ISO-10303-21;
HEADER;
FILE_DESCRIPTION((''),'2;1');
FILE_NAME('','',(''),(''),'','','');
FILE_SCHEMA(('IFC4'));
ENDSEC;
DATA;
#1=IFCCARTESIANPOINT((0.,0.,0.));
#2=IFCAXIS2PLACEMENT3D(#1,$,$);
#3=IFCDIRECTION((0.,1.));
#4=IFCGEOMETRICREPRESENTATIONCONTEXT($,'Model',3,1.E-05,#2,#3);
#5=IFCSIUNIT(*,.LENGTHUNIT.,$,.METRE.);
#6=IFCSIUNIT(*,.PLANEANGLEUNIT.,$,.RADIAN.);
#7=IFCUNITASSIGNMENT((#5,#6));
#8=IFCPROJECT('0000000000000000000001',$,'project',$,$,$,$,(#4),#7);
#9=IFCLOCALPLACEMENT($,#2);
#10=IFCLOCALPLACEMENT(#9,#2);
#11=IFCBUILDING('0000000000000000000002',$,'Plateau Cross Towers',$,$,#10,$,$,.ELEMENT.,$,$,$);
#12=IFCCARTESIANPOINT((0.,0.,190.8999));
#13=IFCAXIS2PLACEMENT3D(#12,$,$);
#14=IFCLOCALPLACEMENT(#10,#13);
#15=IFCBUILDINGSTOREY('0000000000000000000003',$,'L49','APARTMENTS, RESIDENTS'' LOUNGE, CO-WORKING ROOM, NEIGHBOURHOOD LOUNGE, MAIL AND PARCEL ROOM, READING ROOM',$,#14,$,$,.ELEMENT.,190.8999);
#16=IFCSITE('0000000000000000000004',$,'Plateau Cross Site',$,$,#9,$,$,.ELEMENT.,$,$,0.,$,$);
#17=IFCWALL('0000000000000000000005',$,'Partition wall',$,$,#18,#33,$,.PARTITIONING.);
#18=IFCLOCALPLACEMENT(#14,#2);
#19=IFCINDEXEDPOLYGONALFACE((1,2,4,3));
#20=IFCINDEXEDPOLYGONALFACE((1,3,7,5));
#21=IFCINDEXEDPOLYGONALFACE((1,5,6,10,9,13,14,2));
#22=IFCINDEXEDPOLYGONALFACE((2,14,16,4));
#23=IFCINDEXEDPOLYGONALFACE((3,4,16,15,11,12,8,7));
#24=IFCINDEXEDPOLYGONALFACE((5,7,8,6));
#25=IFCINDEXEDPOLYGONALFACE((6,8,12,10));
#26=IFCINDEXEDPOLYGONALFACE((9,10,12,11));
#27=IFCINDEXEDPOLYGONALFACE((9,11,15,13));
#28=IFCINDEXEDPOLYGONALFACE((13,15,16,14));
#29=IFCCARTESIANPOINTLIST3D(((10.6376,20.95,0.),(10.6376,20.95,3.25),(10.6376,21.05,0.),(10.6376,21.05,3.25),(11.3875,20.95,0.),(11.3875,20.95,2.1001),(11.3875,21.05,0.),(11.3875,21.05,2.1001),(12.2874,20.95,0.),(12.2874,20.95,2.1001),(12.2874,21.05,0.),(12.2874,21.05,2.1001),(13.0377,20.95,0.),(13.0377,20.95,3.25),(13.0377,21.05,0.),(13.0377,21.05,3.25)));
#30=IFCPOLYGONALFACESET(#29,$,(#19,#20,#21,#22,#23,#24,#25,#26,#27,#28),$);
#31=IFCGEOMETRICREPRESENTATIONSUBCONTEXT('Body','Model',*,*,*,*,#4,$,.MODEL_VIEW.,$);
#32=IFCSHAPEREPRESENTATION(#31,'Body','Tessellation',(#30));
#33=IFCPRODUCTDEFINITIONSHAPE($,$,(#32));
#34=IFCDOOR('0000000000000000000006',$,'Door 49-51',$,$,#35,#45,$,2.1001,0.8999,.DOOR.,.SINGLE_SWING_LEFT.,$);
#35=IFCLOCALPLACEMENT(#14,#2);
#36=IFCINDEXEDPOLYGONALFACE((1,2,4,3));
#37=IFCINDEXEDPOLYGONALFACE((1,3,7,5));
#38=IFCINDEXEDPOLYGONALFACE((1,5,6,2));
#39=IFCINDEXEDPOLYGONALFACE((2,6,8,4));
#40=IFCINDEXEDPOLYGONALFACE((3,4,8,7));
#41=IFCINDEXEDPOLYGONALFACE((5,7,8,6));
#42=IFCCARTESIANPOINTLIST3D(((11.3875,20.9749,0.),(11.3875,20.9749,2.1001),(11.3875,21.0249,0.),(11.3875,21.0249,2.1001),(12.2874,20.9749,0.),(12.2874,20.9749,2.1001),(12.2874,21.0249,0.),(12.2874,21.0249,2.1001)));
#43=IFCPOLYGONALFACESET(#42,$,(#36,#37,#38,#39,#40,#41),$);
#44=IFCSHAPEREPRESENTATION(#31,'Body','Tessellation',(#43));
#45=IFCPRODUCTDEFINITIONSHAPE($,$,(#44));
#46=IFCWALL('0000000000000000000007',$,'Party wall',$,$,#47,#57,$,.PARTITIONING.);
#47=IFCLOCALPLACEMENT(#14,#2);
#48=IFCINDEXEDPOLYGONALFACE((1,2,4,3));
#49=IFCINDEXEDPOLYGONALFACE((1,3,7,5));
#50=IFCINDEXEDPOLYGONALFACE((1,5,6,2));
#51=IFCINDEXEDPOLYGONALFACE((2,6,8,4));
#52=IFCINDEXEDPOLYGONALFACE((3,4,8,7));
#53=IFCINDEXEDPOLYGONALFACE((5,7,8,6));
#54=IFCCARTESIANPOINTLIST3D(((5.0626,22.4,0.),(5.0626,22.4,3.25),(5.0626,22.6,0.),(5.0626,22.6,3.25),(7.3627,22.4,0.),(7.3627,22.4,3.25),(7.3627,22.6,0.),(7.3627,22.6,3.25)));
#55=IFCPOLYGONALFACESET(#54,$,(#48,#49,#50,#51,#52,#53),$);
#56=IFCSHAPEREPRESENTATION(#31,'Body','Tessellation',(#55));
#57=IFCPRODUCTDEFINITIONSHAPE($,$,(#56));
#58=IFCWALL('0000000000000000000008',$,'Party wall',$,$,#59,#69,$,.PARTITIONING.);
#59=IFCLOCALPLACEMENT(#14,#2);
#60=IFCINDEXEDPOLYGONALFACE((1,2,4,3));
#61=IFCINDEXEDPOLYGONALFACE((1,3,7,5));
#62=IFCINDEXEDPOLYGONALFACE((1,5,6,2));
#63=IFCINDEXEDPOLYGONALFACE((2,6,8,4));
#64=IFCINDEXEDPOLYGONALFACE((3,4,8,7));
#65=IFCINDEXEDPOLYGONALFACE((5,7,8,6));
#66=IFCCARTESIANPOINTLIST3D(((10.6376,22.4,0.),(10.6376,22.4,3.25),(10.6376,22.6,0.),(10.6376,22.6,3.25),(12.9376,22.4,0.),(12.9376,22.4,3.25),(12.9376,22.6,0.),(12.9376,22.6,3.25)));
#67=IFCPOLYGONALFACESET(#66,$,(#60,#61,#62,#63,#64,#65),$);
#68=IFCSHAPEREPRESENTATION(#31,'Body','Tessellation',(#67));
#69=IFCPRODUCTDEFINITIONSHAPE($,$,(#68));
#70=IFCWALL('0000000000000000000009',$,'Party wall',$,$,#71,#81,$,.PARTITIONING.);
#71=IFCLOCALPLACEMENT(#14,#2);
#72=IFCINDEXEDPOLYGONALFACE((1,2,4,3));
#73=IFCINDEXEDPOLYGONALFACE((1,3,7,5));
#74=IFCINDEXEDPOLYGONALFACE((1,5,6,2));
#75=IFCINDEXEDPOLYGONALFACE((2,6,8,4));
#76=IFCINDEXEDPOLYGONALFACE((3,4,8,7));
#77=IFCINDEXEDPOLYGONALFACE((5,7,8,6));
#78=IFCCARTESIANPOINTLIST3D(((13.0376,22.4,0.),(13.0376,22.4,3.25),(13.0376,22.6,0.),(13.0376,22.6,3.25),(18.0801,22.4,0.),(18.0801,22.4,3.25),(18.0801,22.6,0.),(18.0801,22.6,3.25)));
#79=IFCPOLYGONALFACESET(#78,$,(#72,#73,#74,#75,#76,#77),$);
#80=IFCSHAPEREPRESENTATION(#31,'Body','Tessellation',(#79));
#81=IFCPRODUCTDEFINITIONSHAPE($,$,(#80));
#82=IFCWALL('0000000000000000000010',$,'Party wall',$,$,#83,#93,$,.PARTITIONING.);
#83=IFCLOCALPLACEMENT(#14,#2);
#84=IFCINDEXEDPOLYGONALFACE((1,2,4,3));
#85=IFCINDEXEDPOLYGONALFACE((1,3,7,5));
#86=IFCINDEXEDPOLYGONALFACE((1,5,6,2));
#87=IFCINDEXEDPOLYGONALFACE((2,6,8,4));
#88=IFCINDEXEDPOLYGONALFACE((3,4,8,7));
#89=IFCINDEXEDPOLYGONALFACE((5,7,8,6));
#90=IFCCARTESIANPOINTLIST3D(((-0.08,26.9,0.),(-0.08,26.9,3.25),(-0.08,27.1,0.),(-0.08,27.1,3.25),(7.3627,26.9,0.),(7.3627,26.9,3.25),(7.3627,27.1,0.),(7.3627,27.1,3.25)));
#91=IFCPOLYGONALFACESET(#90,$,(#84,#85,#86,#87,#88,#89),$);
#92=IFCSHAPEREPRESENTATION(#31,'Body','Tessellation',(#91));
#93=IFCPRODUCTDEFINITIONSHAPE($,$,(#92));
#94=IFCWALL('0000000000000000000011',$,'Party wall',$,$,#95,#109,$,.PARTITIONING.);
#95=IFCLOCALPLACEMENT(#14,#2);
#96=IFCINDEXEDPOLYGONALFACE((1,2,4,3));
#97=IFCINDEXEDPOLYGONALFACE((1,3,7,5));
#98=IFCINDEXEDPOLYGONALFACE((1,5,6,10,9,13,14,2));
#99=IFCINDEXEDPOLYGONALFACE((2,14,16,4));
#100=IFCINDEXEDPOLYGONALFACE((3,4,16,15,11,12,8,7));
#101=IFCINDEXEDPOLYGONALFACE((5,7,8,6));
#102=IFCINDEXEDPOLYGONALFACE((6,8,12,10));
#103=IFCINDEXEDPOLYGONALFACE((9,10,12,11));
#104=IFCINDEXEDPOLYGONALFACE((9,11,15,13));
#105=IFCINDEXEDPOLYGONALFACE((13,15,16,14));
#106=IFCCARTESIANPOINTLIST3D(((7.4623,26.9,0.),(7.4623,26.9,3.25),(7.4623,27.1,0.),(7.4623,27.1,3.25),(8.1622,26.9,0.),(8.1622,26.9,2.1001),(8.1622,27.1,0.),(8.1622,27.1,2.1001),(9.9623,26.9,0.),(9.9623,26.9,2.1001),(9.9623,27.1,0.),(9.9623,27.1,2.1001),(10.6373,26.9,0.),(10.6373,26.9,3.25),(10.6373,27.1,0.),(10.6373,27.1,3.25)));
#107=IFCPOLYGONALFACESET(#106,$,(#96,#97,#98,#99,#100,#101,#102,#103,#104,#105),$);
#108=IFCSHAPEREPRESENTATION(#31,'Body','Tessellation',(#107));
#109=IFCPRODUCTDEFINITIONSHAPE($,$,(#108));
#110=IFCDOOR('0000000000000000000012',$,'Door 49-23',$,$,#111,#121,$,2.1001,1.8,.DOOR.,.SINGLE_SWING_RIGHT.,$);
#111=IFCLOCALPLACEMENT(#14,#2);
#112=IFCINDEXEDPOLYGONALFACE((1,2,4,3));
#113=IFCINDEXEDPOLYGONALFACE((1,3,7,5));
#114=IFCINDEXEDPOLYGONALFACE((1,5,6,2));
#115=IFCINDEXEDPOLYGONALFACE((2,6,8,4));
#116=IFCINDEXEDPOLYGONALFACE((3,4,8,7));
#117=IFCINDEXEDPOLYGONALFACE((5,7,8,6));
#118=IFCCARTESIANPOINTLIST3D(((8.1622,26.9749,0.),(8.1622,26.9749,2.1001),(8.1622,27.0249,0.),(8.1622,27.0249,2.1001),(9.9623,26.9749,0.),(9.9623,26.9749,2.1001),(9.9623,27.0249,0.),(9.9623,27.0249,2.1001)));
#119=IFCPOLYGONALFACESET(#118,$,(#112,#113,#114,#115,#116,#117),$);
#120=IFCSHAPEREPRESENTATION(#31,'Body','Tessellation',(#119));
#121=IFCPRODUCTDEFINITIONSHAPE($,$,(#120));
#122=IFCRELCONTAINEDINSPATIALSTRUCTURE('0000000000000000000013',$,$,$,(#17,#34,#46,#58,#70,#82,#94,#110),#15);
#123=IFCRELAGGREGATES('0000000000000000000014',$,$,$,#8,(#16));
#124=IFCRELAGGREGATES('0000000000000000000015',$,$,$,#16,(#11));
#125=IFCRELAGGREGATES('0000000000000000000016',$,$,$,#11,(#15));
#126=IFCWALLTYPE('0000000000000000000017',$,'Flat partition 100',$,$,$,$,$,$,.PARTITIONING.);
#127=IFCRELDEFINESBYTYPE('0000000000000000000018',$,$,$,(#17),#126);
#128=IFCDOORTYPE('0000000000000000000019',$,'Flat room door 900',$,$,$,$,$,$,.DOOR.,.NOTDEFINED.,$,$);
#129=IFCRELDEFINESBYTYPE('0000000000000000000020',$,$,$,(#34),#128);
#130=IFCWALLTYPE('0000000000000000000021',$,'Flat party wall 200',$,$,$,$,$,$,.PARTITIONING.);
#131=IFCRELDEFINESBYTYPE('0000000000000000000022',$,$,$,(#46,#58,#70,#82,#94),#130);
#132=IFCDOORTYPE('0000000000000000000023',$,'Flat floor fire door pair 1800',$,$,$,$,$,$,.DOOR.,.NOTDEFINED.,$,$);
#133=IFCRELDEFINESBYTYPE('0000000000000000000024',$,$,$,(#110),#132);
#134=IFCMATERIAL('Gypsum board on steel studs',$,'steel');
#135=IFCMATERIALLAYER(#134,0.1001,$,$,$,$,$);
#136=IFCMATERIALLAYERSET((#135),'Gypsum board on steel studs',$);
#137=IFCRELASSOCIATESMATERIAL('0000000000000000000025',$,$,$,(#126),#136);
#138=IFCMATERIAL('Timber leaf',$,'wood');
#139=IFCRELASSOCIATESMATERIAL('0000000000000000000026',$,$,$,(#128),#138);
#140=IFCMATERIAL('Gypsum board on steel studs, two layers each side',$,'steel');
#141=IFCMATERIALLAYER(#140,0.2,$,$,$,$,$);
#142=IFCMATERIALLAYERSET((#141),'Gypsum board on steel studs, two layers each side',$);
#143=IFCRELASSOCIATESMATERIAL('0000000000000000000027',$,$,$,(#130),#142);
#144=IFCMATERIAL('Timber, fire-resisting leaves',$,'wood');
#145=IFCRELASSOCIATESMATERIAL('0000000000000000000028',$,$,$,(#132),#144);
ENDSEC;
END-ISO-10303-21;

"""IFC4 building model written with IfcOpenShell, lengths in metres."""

from ifc_helpers import new_model, si_unit, direction, frame, frame_2d, origin, place, context, subcontext, project, spatial, rectangle, extrude, material, layer, layer_set, type_object, element, fill, save


model = new_model("IFC4")

# Units and contexts
model_context = context("Model", 3, precision=1e-05, world=origin(), true_north=direction((0.0, 1.0)))
body_context = subcontext(model_context, "Body", "Model", "MODEL_VIEW")
ifc_project = project(units=[si_unit("LENGTHUNIT", "METRE"), si_unit("PLANEANGLEUNIT", "RADIAN")], contexts=[model_context])

# Site, building, storey
site_placement = place(None, origin())
site = spatial("IfcSite", under=ifc_project, at=site_placement, Name="Plateau Cross Site", CompositionType="ELEMENT", RefElevation=0.0)
building_placement = place(site_placement, origin())
building = spatial("IfcBuilding", under=site, at=building_placement, Name="Plateau Cross Towers", CompositionType="ELEMENT")
storey_placement = place(building_placement, frame((0.0, 0.0, 190.8999)))
storey = spatial("IfcBuildingStorey", under=building, at=storey_placement, Name="L49", Description="APARTMENTS, RESIDENTS' LOUNGE, CO-WORKING ROOM, NEIGHBOURHOOD LOUNGE, MAIL AND PARCEL ROOM, READING ROOM", CompositionType="ELEMENT", Elevation=190.8999)

# Wall, opening, door
ifc_material_1 = material(Name="Gypsum board on steel studs", Category="steel")
ifc_layer_1 = layer(ifc_material_1, 0.1001)
ifc_layer_set_1 = layer_set([ifc_layer_1], Name="Gypsum board on steel studs")
wall_type_1 = type_object("IfcWallType", Name="Flat partition 100", PredefinedType="PARTITIONING", material=ifc_layer_set_1)
wall_1_placement = place(storey_placement, frame((10.6375, 21.0, 0.0), z_axis=(0.0, 0.0, 1.0), x_axis=(1.0, 0.0, 0.0)))
wall_1 = element("IfcWall", 1, at=wall_1_placement, inside=storey, type_object=wall_type_1, Name="Partition wall", PredefinedType="PARTITIONING", context=body_context, shape_type="SweptSolid", body=[
    extrude(rectangle(XDim=2.4001, YDim=0.1001, at=frame_2d((1.2002, 0.0))), origin(), (0.0, 0.0, 1.0), 3.25),
])
opening_1_placement = place(wall_1_placement, frame((0.75, 0.0, 0.0)))
opening_1 = element("IfcOpeningElement", 2, at=opening_1_placement, cuts=wall_1, PredefinedType="OPENING", context=body_context, shape_type="SweptSolid", body=[
    extrude(rectangle(XDim=0.8999, YDim=2.1001, at=frame_2d((0.45, 1.05))), frame((0.0, 0.0601, 0.0), z_axis=(0.0, -1.0, 0.0), x_axis=(1.0, 0.0, 0.0)), (0.0, 0.0, 1.0), 0.1201),
])
ifc_material_2 = material(Name="Timber leaf", Category="wood")
door_type_1 = type_object("IfcDoorType", Name="Flat room door 900", OperationType="NOTDEFINED", PredefinedType="DOOR", material=ifc_material_2)
door_1_placement = place(opening_1_placement, origin())
door_1 = element("IfcDoor", 3, at=door_1_placement, inside=storey, type_object=door_type_1, Name="Door 49-51", OperationType="SINGLE_SWING_LEFT", OverallHeight=2.1001, OverallWidth=0.8999, PredefinedType="DOOR", context=body_context, shape_type="SweptSolid", body=[
    extrude(rectangle(XDim=0.8999, YDim=2.1001, at=frame_2d((0.45, 1.05))), frame((0.0, 0.0249, 0.0), z_axis=(0.0, -1.0, 0.0), x_axis=(1.0, 0.0, 0.0)), (0.0, 0.0, 1.0), 0.05),
])
fill(opening_1, door_1)

# Walls
ifc_material_3 = material(Name="Gypsum board on steel studs, two layers each side", Category="steel")
ifc_layer_2 = layer(ifc_material_3, 0.2)
ifc_layer_set_2 = layer_set([ifc_layer_2], Name="Gypsum board on steel studs, two layers each side")
wall_type_2 = type_object("IfcWallType", Name="Flat party wall 200", PredefinedType="PARTITIONING", material=ifc_layer_set_2)
for number, where, z_axis, x_axis, name in (
    (4, (7.3625, 22.5, 0.0), (0.0, 0.0, 1.0), (-1.0, 0.0, 0.0), "Party wall"),
    (5, (12.9375, 22.5, 0.0), (0.0, 0.0, 1.0), (-1.0, 0.0, 0.0), "Party wall"),
):
    element("IfcWall", number, at=place(storey_placement, frame(where, z_axis=z_axis, x_axis=x_axis)), inside=storey, type_object=wall_type_2, Name=name, PredefinedType="PARTITIONING", context=body_context, shape_type="SweptSolid", body=[
        extrude(rectangle(XDim=2.3, YDim=0.2, at=frame_2d((1.1499, 0.0))), origin(), (0.0, 0.0, 1.0), 3.25),
    ])
wall_2_placement = place(storey_placement, frame((13.0376, 22.5, 0.0), z_axis=(0.0, 0.0, 1.0), x_axis=(1.0, 0.0, 0.0)))
element("IfcWall", 6, at=wall_2_placement, inside=storey, type_object=wall_type_2, Name="Party wall", PredefinedType="PARTITIONING", context=body_context, shape_type="SweptSolid", body=[
    extrude(rectangle(XDim=5.0425, YDim=0.2, at=frame_2d((2.5212, 0.0))), origin(), (0.0, 0.0, 1.0), 3.25),
])
wall_3_placement = place(storey_placement, frame((7.3625, 27.0, 0.0), z_axis=(0.0, 0.0, 1.0), x_axis=(-1.0, 0.0, 0.0)))
element("IfcWall", 7, at=wall_3_placement, inside=storey, type_object=wall_type_2, Name="Party wall", PredefinedType="PARTITIONING", context=body_context, shape_type="SweptSolid", body=[
    extrude(rectangle(XDim=7.4426, YDim=0.2, at=frame_2d((3.7212, 0.0))), origin(), (0.0, 0.0, 1.0), 3.25),
])

# Wall, opening, door
wall_4_placement = place(storey_placement, frame((7.4624, 27.0, 0.0), z_axis=(0.0, 0.0, 1.0), x_axis=(1.0, 0.0, 0.0)))
wall_4 = element("IfcWall", 8, at=wall_4_placement, inside=storey, type_object=wall_type_2, Name="Party wall", PredefinedType="PARTITIONING", context=body_context, shape_type="SweptSolid", body=[
    extrude(rectangle(XDim=3.175, YDim=0.2, at=frame_2d((1.5874, 0.0))), origin(), (0.0, 0.0, 1.0), 3.25),
])
opening_2_placement = place(wall_4_placement, frame((0.7, 0.0, 0.0)))
opening_2 = element("IfcOpeningElement", 9, at=opening_2_placement, cuts=wall_4, PredefinedType="OPENING", context=body_context, shape_type="SweptSolid", body=[
    extrude(rectangle(XDim=1.8, YDim=2.1001, at=frame_2d((0.8999, 1.05))), frame((0.0, 0.1099, 0.0), z_axis=(0.0, -1.0, 0.0), x_axis=(1.0, 0.0, 0.0)), (0.0, 0.0, 1.0), 0.22),
])
ifc_material_4 = material(Name="Timber, fire-resisting leaves", Category="wood")
door_type_2 = type_object("IfcDoorType", Name="Flat floor fire door pair 1800", OperationType="NOTDEFINED", PredefinedType="DOOR", material=ifc_material_4)
door_2_placement = place(opening_2_placement, origin())
door_2 = element("IfcDoor", 10, at=door_2_placement, inside=storey, type_object=door_type_2, Name="Door 49-23", OperationType="SINGLE_SWING_RIGHT", OverallHeight=2.1001, OverallWidth=1.8, PredefinedType="DOOR", context=body_context, shape_type="SweptSolid", body=[
    extrude(rectangle(XDim=1.8, YDim=2.1001, at=frame_2d((0.8999, 1.05))), frame((0.0, 0.0249, 0.0), z_axis=(0.0, -1.0, 0.0), x_axis=(1.0, 0.0, 0.0)), (0.0, 0.0, 1.0), 0.05),
])
fill(opening_2, door_2)

save(model, "model.ifc")
